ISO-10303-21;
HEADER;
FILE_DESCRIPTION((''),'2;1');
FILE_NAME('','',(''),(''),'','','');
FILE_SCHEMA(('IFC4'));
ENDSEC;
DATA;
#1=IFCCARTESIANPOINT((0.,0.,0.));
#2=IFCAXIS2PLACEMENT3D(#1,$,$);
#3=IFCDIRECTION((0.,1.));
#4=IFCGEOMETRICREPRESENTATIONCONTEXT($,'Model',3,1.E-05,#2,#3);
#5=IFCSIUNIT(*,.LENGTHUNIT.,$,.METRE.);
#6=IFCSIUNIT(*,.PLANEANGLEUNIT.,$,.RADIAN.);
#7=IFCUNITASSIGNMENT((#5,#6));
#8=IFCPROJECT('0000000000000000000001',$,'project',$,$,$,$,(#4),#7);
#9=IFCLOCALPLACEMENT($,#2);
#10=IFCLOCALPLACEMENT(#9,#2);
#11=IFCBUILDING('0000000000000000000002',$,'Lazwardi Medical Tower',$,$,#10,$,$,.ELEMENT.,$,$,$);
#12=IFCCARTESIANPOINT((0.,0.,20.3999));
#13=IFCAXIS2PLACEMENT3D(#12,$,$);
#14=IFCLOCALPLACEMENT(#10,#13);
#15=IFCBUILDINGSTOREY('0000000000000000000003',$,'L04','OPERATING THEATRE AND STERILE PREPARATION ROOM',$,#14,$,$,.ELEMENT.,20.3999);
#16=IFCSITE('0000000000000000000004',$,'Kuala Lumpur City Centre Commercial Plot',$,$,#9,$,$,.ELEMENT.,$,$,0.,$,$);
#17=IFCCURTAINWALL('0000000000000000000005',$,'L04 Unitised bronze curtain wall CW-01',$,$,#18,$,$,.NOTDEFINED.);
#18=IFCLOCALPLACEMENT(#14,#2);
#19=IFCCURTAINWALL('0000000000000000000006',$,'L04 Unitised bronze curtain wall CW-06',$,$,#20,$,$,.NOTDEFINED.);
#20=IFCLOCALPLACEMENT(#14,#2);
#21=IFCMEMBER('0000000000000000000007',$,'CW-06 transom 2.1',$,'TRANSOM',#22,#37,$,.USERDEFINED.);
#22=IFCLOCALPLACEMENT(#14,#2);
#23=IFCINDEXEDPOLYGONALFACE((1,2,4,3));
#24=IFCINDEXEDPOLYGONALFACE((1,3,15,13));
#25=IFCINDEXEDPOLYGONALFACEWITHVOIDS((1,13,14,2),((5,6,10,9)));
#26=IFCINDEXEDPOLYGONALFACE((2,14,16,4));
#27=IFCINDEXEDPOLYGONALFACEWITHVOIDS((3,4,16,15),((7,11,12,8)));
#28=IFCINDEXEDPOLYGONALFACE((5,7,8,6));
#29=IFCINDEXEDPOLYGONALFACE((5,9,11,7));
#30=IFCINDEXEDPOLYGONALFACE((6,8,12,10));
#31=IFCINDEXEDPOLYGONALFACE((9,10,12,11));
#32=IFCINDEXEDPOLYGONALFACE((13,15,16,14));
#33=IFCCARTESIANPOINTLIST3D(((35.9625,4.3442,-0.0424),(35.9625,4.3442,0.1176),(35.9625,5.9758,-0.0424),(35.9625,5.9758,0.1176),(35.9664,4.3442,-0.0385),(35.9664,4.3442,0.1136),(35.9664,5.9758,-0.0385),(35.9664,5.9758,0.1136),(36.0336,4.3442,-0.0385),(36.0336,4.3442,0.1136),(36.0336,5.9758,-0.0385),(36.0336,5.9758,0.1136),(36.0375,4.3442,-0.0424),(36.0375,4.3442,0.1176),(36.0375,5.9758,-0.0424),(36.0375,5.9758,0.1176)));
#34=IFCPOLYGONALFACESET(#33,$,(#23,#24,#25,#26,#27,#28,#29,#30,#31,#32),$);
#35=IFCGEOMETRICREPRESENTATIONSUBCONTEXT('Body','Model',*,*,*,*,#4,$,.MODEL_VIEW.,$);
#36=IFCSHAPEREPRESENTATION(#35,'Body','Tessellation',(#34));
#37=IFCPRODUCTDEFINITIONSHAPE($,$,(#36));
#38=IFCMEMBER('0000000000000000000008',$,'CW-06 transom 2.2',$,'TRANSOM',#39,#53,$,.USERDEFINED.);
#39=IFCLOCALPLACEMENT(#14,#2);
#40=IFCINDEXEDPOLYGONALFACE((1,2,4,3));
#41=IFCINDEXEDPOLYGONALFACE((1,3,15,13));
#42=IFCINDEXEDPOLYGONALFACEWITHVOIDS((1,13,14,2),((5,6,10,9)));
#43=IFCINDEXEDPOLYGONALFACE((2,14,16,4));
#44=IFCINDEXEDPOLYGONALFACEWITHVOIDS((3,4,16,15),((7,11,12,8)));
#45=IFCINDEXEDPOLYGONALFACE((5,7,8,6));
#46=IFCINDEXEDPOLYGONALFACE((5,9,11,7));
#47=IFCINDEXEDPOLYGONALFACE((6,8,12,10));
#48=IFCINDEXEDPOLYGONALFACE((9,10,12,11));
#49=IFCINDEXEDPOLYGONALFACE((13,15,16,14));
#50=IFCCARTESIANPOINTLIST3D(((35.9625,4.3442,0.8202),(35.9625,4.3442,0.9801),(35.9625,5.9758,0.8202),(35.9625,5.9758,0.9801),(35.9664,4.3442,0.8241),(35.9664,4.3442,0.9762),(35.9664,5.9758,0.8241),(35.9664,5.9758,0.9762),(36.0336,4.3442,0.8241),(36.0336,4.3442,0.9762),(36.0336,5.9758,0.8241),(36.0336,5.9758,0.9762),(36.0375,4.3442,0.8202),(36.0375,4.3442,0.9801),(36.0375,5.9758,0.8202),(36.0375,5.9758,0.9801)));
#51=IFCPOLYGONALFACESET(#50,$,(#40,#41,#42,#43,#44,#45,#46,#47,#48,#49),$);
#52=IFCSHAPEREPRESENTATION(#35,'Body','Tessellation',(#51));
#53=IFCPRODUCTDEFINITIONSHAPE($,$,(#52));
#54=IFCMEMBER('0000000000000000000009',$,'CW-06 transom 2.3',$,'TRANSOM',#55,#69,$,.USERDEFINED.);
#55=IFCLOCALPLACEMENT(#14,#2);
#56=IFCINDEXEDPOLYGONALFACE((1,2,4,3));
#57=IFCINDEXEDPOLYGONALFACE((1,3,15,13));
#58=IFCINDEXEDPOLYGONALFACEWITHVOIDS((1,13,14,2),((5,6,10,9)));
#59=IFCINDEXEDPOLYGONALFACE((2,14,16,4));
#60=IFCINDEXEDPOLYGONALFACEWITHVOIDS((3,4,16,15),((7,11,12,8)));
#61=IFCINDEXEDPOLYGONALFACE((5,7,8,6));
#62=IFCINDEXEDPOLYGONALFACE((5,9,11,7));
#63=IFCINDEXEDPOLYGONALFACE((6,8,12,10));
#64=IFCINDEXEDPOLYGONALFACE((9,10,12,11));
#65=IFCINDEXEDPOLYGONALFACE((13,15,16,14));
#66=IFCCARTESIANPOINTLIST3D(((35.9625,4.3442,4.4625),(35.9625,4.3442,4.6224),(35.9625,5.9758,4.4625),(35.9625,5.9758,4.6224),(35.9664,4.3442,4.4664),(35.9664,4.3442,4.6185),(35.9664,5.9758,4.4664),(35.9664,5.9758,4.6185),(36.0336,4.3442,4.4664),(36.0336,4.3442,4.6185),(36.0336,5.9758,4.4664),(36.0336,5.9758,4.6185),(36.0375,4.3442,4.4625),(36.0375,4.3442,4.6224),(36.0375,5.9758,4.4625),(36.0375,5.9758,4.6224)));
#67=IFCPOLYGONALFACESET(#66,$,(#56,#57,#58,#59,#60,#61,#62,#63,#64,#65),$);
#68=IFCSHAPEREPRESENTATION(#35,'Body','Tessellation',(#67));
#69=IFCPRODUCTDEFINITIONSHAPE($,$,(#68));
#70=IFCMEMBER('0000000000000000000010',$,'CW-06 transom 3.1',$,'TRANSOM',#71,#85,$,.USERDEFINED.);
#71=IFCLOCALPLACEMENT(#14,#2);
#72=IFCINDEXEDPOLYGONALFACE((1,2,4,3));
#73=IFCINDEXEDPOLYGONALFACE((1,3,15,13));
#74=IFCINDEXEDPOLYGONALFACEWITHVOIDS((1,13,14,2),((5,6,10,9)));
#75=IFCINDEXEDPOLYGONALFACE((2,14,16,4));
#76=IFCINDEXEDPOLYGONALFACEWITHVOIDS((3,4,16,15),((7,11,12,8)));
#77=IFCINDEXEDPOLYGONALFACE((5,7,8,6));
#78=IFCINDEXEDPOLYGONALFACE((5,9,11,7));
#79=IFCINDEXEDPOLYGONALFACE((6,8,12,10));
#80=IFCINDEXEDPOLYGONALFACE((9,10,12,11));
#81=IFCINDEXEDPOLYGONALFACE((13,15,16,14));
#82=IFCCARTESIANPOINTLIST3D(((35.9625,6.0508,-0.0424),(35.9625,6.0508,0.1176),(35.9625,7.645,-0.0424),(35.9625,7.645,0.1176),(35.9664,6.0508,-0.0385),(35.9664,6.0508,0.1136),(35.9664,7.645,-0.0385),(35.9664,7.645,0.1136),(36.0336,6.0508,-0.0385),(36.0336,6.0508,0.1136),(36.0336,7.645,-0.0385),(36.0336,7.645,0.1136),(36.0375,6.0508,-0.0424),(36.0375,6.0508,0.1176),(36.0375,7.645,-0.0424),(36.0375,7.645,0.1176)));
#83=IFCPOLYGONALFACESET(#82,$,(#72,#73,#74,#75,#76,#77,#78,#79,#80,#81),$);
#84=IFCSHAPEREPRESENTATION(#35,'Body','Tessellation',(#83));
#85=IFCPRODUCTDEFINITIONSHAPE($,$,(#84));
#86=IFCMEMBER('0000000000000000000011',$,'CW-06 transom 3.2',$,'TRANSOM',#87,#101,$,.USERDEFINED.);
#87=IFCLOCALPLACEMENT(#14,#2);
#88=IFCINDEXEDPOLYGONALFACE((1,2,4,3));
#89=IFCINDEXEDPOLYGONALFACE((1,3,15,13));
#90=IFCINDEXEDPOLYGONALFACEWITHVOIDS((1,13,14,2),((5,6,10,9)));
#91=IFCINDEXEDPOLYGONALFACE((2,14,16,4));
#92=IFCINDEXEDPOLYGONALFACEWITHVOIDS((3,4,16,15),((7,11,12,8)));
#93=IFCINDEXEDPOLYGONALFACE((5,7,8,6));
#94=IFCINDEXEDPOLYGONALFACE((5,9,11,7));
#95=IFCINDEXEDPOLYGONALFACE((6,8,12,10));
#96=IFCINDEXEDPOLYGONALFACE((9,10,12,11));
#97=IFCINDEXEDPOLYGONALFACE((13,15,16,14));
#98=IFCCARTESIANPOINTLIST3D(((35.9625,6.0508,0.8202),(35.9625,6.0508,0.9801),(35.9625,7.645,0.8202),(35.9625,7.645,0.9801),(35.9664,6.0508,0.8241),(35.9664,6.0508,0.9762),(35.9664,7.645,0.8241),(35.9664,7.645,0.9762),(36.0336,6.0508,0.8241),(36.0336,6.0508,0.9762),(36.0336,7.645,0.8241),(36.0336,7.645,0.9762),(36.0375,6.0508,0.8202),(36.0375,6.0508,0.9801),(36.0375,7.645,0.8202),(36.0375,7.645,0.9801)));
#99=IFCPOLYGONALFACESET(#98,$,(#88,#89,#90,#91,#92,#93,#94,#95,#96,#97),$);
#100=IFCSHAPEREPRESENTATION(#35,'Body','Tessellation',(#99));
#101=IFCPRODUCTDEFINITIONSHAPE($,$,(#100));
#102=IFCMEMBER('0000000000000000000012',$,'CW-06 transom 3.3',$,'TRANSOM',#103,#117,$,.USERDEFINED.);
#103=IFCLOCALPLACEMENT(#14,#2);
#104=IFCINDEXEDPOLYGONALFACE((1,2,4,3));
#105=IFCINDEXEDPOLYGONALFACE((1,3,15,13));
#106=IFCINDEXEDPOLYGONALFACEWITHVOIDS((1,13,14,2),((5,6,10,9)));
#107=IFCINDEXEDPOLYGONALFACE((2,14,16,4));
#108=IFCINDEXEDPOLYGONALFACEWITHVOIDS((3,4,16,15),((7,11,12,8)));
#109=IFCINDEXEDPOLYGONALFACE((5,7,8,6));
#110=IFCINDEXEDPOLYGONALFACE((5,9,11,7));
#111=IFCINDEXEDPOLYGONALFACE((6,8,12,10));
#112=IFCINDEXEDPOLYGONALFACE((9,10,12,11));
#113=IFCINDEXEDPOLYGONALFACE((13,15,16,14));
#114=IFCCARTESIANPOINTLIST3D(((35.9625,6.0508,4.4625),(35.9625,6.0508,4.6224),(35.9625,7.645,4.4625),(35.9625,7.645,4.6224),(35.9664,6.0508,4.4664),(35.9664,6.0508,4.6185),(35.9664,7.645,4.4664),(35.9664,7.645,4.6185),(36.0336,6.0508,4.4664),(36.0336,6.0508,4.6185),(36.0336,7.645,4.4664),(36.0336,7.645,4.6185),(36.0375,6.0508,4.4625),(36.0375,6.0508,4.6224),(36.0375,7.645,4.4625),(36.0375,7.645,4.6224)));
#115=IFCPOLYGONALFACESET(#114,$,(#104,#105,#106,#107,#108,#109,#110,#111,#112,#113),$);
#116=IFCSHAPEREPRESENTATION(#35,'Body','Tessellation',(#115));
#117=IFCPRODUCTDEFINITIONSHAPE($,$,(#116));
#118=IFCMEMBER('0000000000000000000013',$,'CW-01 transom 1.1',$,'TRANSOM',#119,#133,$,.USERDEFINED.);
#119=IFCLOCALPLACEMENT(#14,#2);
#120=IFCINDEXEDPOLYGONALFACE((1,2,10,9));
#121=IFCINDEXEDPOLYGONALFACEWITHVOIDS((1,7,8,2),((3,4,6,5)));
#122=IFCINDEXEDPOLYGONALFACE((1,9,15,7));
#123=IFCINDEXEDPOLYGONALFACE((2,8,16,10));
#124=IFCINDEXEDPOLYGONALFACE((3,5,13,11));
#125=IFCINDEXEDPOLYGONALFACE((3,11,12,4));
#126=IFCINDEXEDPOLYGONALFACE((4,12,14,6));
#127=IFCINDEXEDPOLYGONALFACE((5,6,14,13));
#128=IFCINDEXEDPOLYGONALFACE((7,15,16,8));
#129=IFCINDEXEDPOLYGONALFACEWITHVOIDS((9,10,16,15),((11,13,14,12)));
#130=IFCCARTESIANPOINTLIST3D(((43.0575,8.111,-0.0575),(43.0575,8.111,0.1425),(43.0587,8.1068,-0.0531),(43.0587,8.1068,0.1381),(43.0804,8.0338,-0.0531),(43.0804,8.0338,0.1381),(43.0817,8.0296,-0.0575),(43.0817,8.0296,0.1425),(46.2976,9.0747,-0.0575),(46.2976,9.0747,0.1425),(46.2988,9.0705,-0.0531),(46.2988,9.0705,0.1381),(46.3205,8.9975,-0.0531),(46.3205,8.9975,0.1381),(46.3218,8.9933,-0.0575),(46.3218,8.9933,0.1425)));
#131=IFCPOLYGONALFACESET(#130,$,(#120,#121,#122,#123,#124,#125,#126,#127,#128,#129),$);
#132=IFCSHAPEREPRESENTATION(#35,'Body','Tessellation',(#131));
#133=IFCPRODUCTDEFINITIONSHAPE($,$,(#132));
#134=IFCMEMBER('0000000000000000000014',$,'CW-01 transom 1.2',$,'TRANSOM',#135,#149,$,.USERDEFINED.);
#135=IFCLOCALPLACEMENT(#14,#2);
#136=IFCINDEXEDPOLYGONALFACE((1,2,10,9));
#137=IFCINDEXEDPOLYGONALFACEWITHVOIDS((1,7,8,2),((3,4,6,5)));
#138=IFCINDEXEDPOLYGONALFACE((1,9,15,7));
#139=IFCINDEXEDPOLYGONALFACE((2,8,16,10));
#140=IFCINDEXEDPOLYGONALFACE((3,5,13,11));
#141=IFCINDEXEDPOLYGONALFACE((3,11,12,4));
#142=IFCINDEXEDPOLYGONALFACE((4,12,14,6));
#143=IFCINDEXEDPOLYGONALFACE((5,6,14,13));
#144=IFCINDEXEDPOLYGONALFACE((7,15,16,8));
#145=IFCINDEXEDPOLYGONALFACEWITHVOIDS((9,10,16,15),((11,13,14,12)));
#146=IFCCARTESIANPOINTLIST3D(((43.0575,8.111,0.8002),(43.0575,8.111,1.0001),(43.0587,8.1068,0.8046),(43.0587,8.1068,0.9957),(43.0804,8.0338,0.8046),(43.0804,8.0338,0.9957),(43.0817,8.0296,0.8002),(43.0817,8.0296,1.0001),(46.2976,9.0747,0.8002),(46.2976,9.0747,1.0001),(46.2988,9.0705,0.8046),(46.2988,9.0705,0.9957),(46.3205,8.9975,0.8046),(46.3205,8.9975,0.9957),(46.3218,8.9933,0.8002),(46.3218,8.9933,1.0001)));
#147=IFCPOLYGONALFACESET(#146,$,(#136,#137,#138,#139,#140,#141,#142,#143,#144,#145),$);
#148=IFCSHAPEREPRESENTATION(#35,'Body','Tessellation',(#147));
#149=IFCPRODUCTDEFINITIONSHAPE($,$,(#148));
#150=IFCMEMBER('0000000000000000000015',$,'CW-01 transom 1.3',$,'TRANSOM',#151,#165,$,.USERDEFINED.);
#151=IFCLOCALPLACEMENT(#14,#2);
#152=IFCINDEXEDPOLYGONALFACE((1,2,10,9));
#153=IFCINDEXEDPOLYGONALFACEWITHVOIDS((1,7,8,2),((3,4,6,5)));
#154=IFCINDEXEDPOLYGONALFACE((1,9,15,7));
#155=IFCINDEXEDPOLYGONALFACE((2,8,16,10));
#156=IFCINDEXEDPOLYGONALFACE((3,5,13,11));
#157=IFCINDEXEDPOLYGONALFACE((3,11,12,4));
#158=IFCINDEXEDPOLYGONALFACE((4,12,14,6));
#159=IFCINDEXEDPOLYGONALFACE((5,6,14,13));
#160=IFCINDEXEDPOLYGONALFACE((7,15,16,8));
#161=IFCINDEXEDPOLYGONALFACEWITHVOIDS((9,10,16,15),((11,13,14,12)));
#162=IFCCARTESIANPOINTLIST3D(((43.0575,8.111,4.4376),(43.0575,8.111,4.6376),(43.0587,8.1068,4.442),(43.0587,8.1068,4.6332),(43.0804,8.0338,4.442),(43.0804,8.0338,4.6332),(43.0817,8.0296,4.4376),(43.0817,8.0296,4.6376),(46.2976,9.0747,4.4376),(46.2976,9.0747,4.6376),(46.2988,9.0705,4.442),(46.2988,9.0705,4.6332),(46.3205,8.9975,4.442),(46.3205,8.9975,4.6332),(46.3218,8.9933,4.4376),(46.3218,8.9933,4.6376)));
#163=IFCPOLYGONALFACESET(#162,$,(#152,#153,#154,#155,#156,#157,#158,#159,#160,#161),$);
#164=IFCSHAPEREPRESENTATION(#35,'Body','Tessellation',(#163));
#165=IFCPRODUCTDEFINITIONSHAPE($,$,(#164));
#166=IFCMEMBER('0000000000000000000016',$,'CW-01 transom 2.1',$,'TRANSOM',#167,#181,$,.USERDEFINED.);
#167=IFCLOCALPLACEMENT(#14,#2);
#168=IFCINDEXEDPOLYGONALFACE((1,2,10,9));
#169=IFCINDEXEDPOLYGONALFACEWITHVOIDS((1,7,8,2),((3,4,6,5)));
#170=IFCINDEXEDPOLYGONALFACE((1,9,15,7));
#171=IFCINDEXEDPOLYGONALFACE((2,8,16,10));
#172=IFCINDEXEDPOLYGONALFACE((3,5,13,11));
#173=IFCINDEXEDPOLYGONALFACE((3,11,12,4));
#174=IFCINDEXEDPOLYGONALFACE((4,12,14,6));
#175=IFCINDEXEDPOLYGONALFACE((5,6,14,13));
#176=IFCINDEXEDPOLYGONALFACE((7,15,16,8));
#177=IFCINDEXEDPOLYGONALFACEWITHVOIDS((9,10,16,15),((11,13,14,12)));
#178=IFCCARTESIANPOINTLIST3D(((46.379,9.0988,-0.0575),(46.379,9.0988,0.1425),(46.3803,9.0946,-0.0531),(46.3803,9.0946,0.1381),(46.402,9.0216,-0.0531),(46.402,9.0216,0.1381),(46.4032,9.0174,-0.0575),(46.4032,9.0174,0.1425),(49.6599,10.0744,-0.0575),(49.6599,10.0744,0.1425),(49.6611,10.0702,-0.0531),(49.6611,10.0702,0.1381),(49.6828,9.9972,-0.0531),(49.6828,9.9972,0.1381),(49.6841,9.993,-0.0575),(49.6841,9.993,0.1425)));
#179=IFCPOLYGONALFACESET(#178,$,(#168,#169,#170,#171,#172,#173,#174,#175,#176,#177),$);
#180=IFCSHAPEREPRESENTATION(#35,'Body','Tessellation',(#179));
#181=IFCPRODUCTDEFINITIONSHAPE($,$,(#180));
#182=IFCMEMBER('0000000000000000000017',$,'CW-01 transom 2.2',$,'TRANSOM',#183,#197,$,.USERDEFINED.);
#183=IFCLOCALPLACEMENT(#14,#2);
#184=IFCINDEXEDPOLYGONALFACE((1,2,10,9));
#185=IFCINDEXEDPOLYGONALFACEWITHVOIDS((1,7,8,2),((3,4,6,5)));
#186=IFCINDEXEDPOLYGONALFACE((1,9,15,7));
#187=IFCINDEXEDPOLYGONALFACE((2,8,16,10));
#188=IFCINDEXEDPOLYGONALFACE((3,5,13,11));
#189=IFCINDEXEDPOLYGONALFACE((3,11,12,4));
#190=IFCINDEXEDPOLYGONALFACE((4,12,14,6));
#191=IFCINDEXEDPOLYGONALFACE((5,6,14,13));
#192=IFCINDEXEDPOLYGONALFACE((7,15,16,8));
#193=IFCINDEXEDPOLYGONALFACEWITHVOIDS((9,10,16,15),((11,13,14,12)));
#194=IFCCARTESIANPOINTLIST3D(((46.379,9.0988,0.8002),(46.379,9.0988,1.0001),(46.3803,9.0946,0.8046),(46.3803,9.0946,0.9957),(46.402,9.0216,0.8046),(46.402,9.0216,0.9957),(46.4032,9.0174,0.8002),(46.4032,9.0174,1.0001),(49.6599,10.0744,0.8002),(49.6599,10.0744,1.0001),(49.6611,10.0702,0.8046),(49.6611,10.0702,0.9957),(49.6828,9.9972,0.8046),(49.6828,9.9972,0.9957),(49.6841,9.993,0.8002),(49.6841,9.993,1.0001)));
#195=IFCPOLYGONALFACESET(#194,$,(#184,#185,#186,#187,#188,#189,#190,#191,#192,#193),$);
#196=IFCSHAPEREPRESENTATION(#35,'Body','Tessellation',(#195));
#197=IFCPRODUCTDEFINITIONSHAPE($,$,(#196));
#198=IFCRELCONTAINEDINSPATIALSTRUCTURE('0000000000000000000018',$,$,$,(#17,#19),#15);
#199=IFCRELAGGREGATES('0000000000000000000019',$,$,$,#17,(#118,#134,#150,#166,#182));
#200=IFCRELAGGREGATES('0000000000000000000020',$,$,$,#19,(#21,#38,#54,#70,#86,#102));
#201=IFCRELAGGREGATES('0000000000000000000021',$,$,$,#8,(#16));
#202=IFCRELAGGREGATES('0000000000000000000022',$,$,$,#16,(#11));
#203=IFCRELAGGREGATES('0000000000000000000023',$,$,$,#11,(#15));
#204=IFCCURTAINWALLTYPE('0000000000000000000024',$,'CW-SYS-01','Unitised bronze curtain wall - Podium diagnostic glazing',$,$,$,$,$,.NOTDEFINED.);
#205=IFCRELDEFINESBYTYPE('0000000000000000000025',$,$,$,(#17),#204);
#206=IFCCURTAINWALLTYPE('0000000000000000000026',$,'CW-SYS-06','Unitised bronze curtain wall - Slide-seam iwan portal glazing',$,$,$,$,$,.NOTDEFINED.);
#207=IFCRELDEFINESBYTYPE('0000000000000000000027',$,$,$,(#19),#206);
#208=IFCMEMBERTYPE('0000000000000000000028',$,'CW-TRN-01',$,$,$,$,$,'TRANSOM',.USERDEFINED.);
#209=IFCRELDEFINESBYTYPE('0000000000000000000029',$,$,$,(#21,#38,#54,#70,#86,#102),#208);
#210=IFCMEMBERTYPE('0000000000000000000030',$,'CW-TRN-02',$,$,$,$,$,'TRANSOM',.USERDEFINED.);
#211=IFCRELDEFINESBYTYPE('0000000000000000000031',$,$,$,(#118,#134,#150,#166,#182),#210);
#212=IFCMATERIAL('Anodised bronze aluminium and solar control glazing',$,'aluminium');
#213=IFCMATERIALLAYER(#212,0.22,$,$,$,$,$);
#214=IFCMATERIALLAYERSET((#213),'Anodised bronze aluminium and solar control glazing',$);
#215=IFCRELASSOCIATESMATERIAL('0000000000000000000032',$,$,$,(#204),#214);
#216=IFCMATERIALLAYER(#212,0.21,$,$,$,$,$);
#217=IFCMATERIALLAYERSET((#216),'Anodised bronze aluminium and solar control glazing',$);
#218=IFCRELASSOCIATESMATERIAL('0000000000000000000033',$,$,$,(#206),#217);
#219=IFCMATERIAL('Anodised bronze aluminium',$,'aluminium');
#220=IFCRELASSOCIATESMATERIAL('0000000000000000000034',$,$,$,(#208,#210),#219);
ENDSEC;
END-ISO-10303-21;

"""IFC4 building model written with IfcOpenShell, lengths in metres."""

from ifc_helpers import new_model, si_unit, direction, frame, origin, origin_2d, place, context, subcontext, project, spatial, hollow_rectangle, extrude, material, layer, layer_set, material_profile, profile_set, type_object, element, aggregate, save


model = new_model("IFC4")

# Units and contexts
model_context = context("Model", 3, precision=1e-05, world=origin(), true_north=direction((0.0, 1.0)))
body_context = subcontext(model_context, "Body", "Model", "MODEL_VIEW")
ifc_project = project(units=[si_unit("LENGTHUNIT", "METRE"), si_unit("PLANEANGLEUNIT", "RADIAN")], contexts=[model_context])

# Site, building, storey
site_placement = place(None, origin())
site = spatial("IfcSite", under=ifc_project, at=site_placement, Name="Kuala Lumpur City Centre Commercial Plot", CompositionType="ELEMENT", RefElevation=0.0)
building_placement = place(site_placement, origin())
building = spatial("IfcBuilding", under=site, at=building_placement, Name="Lazwardi Medical Tower", CompositionType="ELEMENT")
storey_placement = place(building_placement, frame((0.0, 0.0, 20.3999)))
storey = spatial("IfcBuildingStorey", under=building, at=storey_placement, Name="L04", Description="OPERATING THEATRE AND STERILE PREPARATION ROOM", CompositionType="ELEMENT", Elevation=20.3999)

# Curtain walls, members
ifc_material_1 = material(Name="Anodised bronze aluminium and solar control glazing", Category="aluminium")
ifc_layer_1 = layer(ifc_material_1, 0.22)
ifc_layer_set_1 = layer_set([ifc_layer_1], Name="Anodised bronze aluminium and solar control glazing")
curtain_wall_type_1 = type_object("IfcCurtainWallType", Name="CW-SYS-01", Description="Unitised bronze curtain wall - Podium diagnostic glazing", PredefinedType="NOTDEFINED", material=ifc_layer_set_1)
curtain_wall_1_placement = place(storey_placement, origin())
curtain_wall_1 = element("IfcCurtainWall", 1, at=curtain_wall_1_placement, inside=storey, type_object=curtain_wall_type_1, Name="L04 Unitised bronze curtain wall CW-01", PredefinedType="NOTDEFINED")
ifc_material_2 = material(Name="Anodised bronze aluminium", Category="aluminium")
ifc_layer_2 = layer(ifc_material_1, 0.21)
ifc_layer_set_2 = layer_set([ifc_layer_2], Name="Anodised bronze aluminium and solar control glazing")
curtain_wall_type_2 = type_object("IfcCurtainWallType", Name="CW-SYS-06", Description="Unitised bronze curtain wall - Slide-seam iwan portal glazing", PredefinedType="NOTDEFINED", material=ifc_layer_set_2)
curtain_wall_2_placement = place(storey_placement, origin())
curtain_wall_2 = element("IfcCurtainWall", 2, at=curtain_wall_2_placement, inside=storey, type_object=curtain_wall_type_2, Name="L04 Unitised bronze curtain wall CW-06", PredefinedType="NOTDEFINED")
ifc_material_profile_1 = material_profile(ifc_material_2, hollow_rectangle(XDim=0.075, YDim=0.1599, WallThickness=0.0039, at=origin_2d()), Name="ALU-TRANSOM 160x75x4")
ifc_profile_set_1 = profile_set([ifc_material_profile_1], Name="Anodised bronze aluminium")
member_type_1 = type_object("IfcMemberType", Name="CW-TRN-01", ElementType="TRANSOM", PredefinedType="USERDEFINED", material=ifc_profile_set_1)
member_1_placement = place(storey_placement, frame((36.0, 4.3442, 0.0376), z_axis=(0.0, 1.0, 0.0), x_axis=(-1.0, 0.0, 0.0)))
member_1 = element("IfcMember", 3, at=member_1_placement, type_object=member_type_1, Name="CW-06 transom 2.1", ObjectType="TRANSOM", PredefinedType="USERDEFINED", context=body_context, shape_type="SweptSolid", body=[
    extrude(hollow_rectangle(XDim=0.075, YDim=0.1599, WallThickness=0.0039, at=origin_2d()), origin(), (0.0, 0.0, 1.0), 1.6316),
])
member_2_placement = place(storey_placement, frame((36.0, 4.3442, 0.9001), z_axis=(0.0, 1.0, 0.0), x_axis=(-1.0, 0.0, 0.0)))
member_2 = element("IfcMember", 4, at=member_2_placement, type_object=member_type_1, Name="CW-06 transom 2.2", ObjectType="TRANSOM", PredefinedType="USERDEFINED", context=body_context, shape_type="SweptSolid", body=[
    extrude(hollow_rectangle(XDim=0.075, YDim=0.1599, WallThickness=0.0039, at=origin_2d()), origin(), (0.0, 0.0, 1.0), 1.6316),
])
member_3_placement = place(storey_placement, frame((36.0, 4.3442, 4.5425), z_axis=(0.0, 1.0, 0.0), x_axis=(-1.0, 0.0, 0.0)))
member_3 = element("IfcMember", 5, at=member_3_placement, type_object=member_type_1, Name="CW-06 transom 2.3", ObjectType="TRANSOM", PredefinedType="USERDEFINED", context=body_context, shape_type="SweptSolid", body=[
    extrude(hollow_rectangle(XDim=0.075, YDim=0.1599, WallThickness=0.0039, at=origin_2d()), origin(), (0.0, 0.0, 1.0), 1.6316),
])
member_4_placement = place(storey_placement, frame((36.0, 6.0508, 0.0376), z_axis=(0.0, 1.0, 0.0), x_axis=(-1.0, 0.0, 0.0)))
member_4 = element("IfcMember", 6, at=member_4_placement, type_object=member_type_1, Name="CW-06 transom 3.1", ObjectType="TRANSOM", PredefinedType="USERDEFINED", context=body_context, shape_type="SweptSolid", body=[
    extrude(hollow_rectangle(XDim=0.075, YDim=0.1599, WallThickness=0.0039, at=origin_2d()), origin(), (0.0, 0.0, 1.0), 1.5942),
])
member_5_placement = place(storey_placement, frame((36.0, 6.0508, 0.9001), z_axis=(0.0, 1.0, 0.0), x_axis=(-1.0, 0.0, 0.0)))
member_5 = element("IfcMember", 7, at=member_5_placement, type_object=member_type_1, Name="CW-06 transom 3.2", ObjectType="TRANSOM", PredefinedType="USERDEFINED", context=body_context, shape_type="SweptSolid", body=[
    extrude(hollow_rectangle(XDim=0.075, YDim=0.1599, WallThickness=0.0039, at=origin_2d()), origin(), (0.0, 0.0, 1.0), 1.5942),
])
member_6_placement = place(storey_placement, frame((36.0, 6.0508, 4.5425), z_axis=(0.0, 1.0, 0.0), x_axis=(-1.0, 0.0, 0.0)))
member_6 = element("IfcMember", 8, at=member_6_placement, type_object=member_type_1, Name="CW-06 transom 3.3", ObjectType="TRANSOM", PredefinedType="USERDEFINED", context=body_context, shape_type="SweptSolid", body=[
    extrude(hollow_rectangle(XDim=0.075, YDim=0.1599, WallThickness=0.0039, at=origin_2d()), origin(), (0.0, 0.0, 1.0), 1.5942),
])

# Members
ifc_material_profile_2 = material_profile(ifc_material_2, hollow_rectangle(XDim=0.085, YDim=0.2, WallThickness=0.0044, at=origin_2d()), Name="ALU-TRANSOM 200x85x4.5")
ifc_profile_set_2 = profile_set([ifc_material_profile_2], Name="Anodised bronze aluminium")
member_type_2 = type_object("IfcMemberType", Name="CW-TRN-02", ElementType="TRANSOM", PredefinedType="USERDEFINED", material=ifc_profile_set_2)
member_7_placement = place(storey_placement, frame((43.0696, 8.0703, 0.0425), z_axis=(0.958505, 0.285074, 0.0), x_axis=(-0.285074, 0.958505, 0.0)))
member_7 = element("IfcMember", 9, at=member_7_placement, type_object=member_type_2, Name="CW-01 transom 1.1", ObjectType="TRANSOM", PredefinedType="USERDEFINED", context=body_context, shape_type="SweptSolid", body=[
    extrude(hollow_rectangle(XDim=0.085, YDim=0.2, WallThickness=0.0044, at=origin_2d()), origin(), (0.0, 0.0, 1.0), 3.3804),
])
member_8_placement = place(storey_placement, frame((43.0696, 8.0703, 0.9001), z_axis=(0.958505, 0.285074, 0.0), x_axis=(-0.285074, 0.958505, 0.0)))
member_8 = element("IfcMember", 10, at=member_8_placement, type_object=member_type_2, Name="CW-01 transom 1.2", ObjectType="TRANSOM", PredefinedType="USERDEFINED", context=body_context, shape_type="SweptSolid", body=[
    extrude(hollow_rectangle(XDim=0.085, YDim=0.2, WallThickness=0.0044, at=origin_2d()), origin(), (0.0, 0.0, 1.0), 3.3804),
])
member_9_placement = place(storey_placement, frame((43.0696, 8.0703, 4.5376), z_axis=(0.958505, 0.285074, 0.0), x_axis=(-0.285074, 0.958505, 0.0)))
member_9 = element("IfcMember", 11, at=member_9_placement, type_object=member_type_2, Name="CW-01 transom 1.3", ObjectType="TRANSOM", PredefinedType="USERDEFINED", context=body_context, shape_type="SweptSolid", body=[
    extrude(hollow_rectangle(XDim=0.085, YDim=0.2, WallThickness=0.0044, at=origin_2d()), origin(), (0.0, 0.0, 1.0), 3.3804),
])
member_10_placement = place(storey_placement, frame((46.3911, 9.0581, 0.0425), z_axis=(0.958518, 0.28503, 0.0), x_axis=(-0.28503, 0.958518, 0.0)))
member_10 = element("IfcMember", 12, at=member_10_placement, type_object=member_type_2, Name="CW-01 transom 2.1", ObjectType="TRANSOM", PredefinedType="USERDEFINED", context=body_context, shape_type="SweptSolid", body=[
    extrude(hollow_rectangle(XDim=0.085, YDim=0.2, WallThickness=0.0044, at=origin_2d()), origin(), (0.0, 0.0, 1.0), 3.4229),
])
member_11_placement = place(storey_placement, frame((46.3911, 9.0581, 0.9001), z_axis=(0.958518, 0.28503, 0.0), x_axis=(-0.28503, 0.958518, 0.0)))
member_11 = element("IfcMember", 13, at=member_11_placement, type_object=member_type_2, Name="CW-01 transom 2.2", ObjectType="TRANSOM", PredefinedType="USERDEFINED", context=body_context, shape_type="SweptSolid", body=[
    extrude(hollow_rectangle(XDim=0.085, YDim=0.2, WallThickness=0.0044, at=origin_2d()), origin(), (0.0, 0.0, 1.0), 3.4229),
])

aggregate(curtain_wall_1, [member_7, member_8, member_9, member_10, member_11])
aggregate(curtain_wall_2, [member_1, member_2, member_3, member_4, member_5, member_6])

save(model, "model.ifc")
